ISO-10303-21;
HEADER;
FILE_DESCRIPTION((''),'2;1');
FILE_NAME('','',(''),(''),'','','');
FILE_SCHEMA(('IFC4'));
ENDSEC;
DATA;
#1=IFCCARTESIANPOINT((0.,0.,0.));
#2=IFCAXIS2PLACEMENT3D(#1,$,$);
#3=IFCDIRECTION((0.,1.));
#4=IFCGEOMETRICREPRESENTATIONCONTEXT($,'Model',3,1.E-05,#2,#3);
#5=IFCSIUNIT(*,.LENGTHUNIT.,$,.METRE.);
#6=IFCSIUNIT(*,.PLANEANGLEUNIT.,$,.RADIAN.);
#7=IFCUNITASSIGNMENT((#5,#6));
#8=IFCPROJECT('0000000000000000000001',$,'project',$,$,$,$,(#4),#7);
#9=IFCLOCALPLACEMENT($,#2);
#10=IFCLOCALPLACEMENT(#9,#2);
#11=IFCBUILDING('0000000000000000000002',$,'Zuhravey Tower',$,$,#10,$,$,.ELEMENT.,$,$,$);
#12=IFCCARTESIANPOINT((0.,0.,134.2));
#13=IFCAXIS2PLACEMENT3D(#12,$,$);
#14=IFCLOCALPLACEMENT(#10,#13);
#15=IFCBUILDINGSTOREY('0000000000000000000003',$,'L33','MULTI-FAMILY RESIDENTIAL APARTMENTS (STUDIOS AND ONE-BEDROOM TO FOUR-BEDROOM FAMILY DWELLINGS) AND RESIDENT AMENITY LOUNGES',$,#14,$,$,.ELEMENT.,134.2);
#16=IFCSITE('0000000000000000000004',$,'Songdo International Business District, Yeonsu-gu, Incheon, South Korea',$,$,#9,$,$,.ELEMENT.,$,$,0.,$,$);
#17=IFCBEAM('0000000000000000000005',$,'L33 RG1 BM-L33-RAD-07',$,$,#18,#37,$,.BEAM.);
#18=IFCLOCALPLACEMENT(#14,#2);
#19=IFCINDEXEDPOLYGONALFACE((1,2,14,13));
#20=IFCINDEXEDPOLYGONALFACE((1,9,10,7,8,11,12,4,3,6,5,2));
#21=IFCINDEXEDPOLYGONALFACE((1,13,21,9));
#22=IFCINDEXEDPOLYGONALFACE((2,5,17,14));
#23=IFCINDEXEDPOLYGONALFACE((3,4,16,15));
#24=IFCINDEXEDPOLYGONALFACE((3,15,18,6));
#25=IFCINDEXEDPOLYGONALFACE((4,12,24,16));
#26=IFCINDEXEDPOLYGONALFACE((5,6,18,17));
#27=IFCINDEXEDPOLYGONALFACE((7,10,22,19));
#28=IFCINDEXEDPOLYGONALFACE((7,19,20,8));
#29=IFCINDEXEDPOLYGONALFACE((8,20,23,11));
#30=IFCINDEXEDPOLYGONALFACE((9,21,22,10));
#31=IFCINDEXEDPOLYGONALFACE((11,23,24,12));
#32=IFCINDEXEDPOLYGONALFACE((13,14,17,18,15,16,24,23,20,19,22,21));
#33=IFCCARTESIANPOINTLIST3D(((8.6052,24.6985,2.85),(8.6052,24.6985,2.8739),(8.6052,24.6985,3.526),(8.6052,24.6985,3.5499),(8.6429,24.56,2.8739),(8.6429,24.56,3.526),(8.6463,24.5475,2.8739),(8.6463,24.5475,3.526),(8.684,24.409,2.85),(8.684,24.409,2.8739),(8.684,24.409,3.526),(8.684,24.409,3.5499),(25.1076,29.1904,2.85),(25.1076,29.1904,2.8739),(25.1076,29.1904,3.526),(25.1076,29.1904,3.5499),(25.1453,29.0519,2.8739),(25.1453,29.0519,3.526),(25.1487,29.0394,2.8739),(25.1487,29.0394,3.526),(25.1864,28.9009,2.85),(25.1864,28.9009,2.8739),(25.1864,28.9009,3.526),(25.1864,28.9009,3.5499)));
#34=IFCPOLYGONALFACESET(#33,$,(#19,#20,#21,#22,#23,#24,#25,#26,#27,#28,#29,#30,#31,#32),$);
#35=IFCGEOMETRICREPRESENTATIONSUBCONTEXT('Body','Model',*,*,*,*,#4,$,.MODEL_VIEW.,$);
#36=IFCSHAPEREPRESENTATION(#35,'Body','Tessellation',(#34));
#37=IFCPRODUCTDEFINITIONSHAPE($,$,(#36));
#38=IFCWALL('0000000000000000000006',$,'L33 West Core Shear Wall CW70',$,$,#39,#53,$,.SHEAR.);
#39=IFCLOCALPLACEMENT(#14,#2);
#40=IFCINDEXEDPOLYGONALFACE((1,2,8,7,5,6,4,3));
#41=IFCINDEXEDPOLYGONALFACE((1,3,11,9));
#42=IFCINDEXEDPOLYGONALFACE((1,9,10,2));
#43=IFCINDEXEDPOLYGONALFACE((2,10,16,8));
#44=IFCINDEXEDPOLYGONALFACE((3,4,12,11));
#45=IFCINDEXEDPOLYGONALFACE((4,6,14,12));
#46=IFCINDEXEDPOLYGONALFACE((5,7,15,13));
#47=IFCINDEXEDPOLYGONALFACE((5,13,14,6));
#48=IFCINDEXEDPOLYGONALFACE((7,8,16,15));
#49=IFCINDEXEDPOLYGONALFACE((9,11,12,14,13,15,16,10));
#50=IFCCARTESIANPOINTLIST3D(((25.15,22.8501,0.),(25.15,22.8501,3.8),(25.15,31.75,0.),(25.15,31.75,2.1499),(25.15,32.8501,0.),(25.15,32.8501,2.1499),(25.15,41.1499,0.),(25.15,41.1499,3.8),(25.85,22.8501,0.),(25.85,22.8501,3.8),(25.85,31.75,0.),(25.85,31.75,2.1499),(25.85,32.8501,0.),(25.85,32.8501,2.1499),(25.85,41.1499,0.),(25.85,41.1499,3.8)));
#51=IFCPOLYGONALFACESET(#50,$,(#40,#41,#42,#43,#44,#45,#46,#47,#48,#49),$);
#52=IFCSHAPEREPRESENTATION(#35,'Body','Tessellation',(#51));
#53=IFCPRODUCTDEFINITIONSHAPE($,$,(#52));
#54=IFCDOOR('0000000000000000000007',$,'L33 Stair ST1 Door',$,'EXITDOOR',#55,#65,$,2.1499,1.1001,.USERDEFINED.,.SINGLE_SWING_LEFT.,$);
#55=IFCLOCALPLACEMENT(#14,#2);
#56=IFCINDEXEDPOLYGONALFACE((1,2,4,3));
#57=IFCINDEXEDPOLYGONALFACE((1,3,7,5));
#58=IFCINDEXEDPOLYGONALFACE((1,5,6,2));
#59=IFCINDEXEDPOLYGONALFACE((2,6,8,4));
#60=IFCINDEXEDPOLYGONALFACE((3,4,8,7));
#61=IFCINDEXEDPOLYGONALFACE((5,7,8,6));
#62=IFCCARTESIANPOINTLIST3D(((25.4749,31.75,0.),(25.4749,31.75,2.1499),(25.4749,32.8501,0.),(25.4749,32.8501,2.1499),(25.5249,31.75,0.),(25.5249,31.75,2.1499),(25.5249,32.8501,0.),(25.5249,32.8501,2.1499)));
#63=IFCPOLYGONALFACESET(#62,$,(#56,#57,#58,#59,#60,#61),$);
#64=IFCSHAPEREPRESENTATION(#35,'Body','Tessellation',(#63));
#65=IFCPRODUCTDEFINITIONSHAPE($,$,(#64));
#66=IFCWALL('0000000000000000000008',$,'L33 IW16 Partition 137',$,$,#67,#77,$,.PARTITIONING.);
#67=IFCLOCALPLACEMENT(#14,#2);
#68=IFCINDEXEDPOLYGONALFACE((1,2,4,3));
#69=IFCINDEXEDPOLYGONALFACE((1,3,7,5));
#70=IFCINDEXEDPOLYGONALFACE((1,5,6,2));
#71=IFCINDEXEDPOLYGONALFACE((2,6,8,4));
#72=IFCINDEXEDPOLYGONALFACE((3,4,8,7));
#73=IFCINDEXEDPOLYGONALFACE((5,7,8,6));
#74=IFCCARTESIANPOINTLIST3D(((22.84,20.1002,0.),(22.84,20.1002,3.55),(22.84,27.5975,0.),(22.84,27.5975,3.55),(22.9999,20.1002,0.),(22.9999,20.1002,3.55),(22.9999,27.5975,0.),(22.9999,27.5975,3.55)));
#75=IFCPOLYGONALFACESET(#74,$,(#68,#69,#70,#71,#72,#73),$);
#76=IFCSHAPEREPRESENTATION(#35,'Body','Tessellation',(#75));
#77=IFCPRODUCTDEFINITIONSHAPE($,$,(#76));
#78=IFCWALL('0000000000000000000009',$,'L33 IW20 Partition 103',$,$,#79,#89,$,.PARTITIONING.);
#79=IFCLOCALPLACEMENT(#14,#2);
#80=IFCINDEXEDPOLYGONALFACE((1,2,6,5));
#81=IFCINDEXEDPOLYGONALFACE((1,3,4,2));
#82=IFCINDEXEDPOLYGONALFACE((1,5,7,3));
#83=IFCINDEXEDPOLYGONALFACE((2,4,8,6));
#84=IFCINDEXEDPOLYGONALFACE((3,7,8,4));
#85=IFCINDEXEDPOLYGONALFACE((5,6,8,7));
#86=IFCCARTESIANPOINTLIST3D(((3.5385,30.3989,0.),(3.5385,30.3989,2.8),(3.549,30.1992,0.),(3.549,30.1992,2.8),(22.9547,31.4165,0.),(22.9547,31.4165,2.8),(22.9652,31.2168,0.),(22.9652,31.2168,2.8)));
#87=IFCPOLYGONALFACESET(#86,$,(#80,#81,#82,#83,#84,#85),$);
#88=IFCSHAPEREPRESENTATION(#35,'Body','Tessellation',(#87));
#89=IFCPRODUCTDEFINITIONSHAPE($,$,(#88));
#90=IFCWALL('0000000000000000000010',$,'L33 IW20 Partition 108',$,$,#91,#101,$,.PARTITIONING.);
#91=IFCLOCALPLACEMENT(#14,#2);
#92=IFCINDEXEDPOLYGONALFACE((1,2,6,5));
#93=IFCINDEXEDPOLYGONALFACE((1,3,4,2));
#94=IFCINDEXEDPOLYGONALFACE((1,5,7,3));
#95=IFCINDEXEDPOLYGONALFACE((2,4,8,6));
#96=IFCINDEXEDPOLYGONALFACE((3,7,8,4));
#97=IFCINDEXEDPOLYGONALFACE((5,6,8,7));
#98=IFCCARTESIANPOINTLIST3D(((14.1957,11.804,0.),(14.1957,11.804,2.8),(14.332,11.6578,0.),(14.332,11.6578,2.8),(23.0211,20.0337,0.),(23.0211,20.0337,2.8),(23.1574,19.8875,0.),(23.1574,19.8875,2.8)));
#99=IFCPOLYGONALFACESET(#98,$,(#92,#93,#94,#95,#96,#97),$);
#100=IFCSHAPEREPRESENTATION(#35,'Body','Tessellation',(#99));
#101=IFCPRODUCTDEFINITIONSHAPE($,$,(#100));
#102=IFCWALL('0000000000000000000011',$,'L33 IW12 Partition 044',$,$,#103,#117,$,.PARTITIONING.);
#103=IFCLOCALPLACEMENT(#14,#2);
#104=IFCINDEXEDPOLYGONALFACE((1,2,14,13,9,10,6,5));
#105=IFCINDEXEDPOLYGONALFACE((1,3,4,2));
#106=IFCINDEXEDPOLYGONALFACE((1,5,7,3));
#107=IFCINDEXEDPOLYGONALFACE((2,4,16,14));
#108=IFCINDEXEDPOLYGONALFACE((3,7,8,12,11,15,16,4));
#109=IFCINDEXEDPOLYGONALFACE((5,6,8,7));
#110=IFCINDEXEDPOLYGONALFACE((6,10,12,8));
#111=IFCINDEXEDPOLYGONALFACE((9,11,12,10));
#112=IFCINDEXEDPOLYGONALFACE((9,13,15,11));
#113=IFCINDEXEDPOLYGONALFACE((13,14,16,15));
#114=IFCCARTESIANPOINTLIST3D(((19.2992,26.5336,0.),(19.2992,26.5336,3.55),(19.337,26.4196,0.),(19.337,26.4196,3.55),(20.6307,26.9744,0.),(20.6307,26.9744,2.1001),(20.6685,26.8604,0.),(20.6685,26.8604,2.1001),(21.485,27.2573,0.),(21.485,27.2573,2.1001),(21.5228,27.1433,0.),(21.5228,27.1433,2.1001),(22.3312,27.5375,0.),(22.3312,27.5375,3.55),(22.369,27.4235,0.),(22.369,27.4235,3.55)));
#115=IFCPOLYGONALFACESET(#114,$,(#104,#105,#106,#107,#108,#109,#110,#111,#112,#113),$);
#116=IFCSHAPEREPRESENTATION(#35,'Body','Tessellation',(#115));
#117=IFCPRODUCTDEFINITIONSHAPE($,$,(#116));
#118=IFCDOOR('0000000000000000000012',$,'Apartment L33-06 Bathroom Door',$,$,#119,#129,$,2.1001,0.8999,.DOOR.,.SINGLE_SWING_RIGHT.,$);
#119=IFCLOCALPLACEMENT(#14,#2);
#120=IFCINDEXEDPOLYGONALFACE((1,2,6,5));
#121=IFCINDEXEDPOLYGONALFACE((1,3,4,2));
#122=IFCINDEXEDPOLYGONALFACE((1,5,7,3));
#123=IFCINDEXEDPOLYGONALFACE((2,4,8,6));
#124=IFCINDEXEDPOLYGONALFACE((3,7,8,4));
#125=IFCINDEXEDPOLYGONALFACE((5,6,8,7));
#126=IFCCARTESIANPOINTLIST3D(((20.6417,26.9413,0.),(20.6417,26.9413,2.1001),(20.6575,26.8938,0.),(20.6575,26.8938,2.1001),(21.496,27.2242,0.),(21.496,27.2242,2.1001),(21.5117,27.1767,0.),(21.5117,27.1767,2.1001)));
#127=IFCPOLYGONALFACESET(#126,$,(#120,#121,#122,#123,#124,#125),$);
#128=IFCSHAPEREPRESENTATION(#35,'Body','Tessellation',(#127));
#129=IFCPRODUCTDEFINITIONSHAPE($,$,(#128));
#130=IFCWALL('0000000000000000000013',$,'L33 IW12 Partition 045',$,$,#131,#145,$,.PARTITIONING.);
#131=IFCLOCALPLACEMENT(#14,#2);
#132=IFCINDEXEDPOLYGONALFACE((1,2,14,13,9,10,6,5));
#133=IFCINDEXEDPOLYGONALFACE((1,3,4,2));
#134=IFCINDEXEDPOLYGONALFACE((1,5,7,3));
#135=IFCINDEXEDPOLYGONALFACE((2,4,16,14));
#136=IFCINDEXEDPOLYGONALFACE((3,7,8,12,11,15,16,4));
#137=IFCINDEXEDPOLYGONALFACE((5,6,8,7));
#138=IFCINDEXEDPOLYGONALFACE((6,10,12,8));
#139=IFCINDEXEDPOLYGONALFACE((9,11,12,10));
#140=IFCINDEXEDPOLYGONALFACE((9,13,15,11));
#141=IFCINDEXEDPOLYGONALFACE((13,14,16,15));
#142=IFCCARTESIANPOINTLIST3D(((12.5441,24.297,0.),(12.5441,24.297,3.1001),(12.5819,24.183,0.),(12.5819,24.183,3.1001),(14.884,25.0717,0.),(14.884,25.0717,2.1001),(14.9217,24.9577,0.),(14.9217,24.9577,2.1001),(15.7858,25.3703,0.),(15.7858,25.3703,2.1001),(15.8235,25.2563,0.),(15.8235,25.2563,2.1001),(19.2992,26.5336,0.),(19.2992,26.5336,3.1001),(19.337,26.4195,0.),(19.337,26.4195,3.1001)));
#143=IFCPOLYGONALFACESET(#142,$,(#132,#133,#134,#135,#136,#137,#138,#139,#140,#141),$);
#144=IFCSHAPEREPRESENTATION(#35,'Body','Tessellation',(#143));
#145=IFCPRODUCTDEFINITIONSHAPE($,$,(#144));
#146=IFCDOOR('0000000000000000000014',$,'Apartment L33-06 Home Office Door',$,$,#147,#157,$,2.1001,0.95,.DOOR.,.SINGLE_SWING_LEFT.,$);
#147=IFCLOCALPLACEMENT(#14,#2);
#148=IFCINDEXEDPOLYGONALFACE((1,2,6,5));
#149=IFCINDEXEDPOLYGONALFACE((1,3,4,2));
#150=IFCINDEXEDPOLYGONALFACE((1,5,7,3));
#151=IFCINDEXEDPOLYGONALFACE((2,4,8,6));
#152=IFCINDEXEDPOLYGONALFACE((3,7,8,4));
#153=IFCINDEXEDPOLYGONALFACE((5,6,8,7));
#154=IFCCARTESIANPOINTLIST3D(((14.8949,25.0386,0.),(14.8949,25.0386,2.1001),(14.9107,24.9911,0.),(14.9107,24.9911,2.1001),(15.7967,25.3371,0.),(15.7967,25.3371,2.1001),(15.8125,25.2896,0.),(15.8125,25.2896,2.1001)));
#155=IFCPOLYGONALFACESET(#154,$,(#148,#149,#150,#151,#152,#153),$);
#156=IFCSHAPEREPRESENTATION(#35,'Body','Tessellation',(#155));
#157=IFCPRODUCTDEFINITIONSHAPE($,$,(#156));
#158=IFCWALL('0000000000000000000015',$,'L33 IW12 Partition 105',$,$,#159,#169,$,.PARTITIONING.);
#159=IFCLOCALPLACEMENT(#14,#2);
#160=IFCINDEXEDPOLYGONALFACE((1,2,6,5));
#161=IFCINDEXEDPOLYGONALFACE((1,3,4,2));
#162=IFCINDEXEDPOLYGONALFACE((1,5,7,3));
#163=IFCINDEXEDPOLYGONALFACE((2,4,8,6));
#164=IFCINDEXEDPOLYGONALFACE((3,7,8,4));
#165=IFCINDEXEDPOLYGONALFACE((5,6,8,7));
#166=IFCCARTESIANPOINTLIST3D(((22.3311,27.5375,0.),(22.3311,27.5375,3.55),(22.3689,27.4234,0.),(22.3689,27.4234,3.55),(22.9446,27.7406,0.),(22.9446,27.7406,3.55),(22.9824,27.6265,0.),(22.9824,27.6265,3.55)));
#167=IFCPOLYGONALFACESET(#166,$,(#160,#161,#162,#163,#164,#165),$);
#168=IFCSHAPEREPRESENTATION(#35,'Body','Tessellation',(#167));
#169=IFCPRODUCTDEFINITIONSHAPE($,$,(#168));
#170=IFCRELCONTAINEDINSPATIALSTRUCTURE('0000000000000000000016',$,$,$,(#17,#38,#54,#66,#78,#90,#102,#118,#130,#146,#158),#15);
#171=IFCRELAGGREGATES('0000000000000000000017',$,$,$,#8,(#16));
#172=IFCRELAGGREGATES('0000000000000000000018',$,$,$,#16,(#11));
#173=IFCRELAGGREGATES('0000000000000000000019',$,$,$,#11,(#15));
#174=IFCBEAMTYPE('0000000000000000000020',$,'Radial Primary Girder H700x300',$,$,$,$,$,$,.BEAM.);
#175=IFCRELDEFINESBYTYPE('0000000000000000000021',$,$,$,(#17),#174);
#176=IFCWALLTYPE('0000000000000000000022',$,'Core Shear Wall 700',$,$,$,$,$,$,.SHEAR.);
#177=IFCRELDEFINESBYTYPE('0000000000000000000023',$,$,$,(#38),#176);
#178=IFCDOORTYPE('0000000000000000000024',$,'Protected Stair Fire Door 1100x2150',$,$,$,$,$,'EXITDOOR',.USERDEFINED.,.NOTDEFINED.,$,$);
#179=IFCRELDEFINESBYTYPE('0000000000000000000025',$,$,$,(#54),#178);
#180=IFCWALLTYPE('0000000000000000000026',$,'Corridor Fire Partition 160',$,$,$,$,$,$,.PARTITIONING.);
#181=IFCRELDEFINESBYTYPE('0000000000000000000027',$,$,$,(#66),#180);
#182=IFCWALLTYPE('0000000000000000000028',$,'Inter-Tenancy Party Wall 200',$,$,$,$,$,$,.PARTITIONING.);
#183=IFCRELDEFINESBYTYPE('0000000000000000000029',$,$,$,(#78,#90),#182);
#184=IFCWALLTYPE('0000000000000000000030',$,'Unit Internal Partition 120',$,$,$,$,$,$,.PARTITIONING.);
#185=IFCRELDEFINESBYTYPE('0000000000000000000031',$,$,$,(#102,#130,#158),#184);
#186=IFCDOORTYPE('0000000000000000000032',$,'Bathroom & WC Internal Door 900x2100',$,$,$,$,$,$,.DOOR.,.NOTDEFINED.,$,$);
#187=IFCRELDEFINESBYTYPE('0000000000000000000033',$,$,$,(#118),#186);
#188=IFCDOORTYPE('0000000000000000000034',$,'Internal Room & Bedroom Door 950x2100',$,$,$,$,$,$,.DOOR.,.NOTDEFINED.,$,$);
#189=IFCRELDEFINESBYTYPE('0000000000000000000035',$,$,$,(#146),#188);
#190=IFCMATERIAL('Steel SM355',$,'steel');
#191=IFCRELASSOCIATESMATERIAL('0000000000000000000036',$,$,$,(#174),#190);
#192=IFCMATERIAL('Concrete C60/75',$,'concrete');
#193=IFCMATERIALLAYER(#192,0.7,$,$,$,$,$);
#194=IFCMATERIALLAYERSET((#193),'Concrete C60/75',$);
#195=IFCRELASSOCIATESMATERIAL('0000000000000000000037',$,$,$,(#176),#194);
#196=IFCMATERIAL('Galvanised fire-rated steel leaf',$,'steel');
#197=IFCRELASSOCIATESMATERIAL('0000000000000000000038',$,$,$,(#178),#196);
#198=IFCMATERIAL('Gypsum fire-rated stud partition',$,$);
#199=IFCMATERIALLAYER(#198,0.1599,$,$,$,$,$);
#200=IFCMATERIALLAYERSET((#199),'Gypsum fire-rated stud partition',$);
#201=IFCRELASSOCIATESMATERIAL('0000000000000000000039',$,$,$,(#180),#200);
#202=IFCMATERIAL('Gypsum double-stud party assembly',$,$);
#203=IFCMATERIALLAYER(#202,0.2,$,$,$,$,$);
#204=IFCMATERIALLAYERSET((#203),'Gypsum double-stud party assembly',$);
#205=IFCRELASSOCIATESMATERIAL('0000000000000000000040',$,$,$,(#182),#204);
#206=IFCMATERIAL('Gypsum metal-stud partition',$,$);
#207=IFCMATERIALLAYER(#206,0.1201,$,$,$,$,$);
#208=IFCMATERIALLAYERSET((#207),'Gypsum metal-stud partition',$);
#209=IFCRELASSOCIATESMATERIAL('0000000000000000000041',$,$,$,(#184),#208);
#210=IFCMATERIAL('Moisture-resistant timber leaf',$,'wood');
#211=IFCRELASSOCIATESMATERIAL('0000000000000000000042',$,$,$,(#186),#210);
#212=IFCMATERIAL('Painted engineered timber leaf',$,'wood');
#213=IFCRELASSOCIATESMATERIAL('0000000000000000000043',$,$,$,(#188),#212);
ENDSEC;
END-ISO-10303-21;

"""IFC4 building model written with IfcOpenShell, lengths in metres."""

from ifc_helpers import new_model, si_unit, direction, frame, frame_2d, origin, origin_2d, place, context, subcontext, project, spatial, rectangle, i_section, extrude, material, layer, layer_set, material_profile, profile_set, type_object, element, fill, save


model = new_model("IFC4")

# Units and contexts
model_context = context("Model", 3, precision=1e-05, world=origin(), true_north=direction((0.0, 1.0)))
body_context = subcontext(model_context, "Body", "Model", "MODEL_VIEW")
ifc_project = project(units=[si_unit("LENGTHUNIT", "METRE"), si_unit("PLANEANGLEUNIT", "RADIAN")], contexts=[model_context])

# Site, building, storey
site_placement = place(None, origin())
site = spatial("IfcSite", under=ifc_project, at=site_placement, Name="Songdo International Business District, Yeonsu-gu, Incheon, South Korea", CompositionType="ELEMENT", RefElevation=0.0)
building_placement = place(site_placement, origin())
building = spatial("IfcBuilding", under=site, at=building_placement, Name="Zuhravey Tower", CompositionType="ELEMENT")
storey_placement = place(building_placement, frame((0.0, 0.0, 134.2)))
storey = spatial("IfcBuildingStorey", under=building, at=storey_placement, Name="L33", Description="MULTI-FAMILY RESIDENTIAL APARTMENTS (STUDIOS AND ONE-BEDROOM TO FOUR-BEDROOM FAMILY DWELLINGS) AND RESIDENT AMENITY LOUNGES", CompositionType="ELEMENT", Elevation=134.2)

# Beam
ifc_material_1 = material(Name="Steel SM355", Category="steel")
ifc_material_profile = material_profile(ifc_material_1, i_section(OverallWidth=0.3, OverallDepth=0.7, WebThickness=0.0129, FlangeThickness=0.0239, at=origin_2d()), Name="H-700x300x13x24")
ifc_profile_set = profile_set([ifc_material_profile], Name="Steel SM355")
beam_type = type_object("IfcBeamType", Name="Radial Primary Girder H700x300", PredefinedType="BEAM", material=ifc_profile_set)
beam_placement = place(storey_placement, frame((25.147, 29.0457, 3.2), z_axis=(-0.964893, -0.262643, 0.0), x_axis=(0.262643, -0.964893, 0.0)))
element("IfcBeam", 1, at=beam_placement, inside=storey, type_object=beam_type, Name="L33 RG1 BM-L33-RAD-07", PredefinedType="BEAM", context=body_context, shape_type="SweptSolid", body=[
    extrude(i_section(OverallWidth=0.3, OverallDepth=0.7, WebThickness=0.0129, FlangeThickness=0.0239, at=origin_2d()), origin(), (0.0, 0.0, 1.0), 17.1028),
])

# Wall, opening, door
ifc_material_2 = material(Name="Concrete C60/75", Category="concrete")
ifc_layer_1 = layer(ifc_material_2, 0.7)
ifc_layer_set_1 = layer_set([ifc_layer_1], Name="Concrete C60/75")
wall_type_1 = type_object("IfcWallType", Name="Core Shear Wall 700", PredefinedType="SHEAR", material=ifc_layer_set_1)
ifc_material_3 = material(Name="Galvanised fire-rated steel leaf", Category="steel")
wall_1_placement = place(storey_placement, frame((25.5, 22.8501, 0.0), z_axis=(0.0, 0.0, 1.0), x_axis=(0.0, 1.0, 0.0)))
wall_1 = element("IfcWall", 2, at=wall_1_placement, inside=storey, type_object=wall_type_1, Name="L33 West Core Shear Wall CW70", PredefinedType="SHEAR", context=body_context, shape_type="SweptSolid", body=[
    extrude(rectangle(XDim=18.2998, YDim=0.7, at=frame_2d((9.1499, 0.0))), origin(), (0.0, 0.0, 1.0), 3.8),
])
opening_1_placement = place(wall_1_placement, frame((8.8999, 0.0, 0.0)))
opening_1 = element("IfcOpeningElement", 3, at=opening_1_placement, cuts=wall_1, PredefinedType="OPENING", context=body_context, shape_type="SweptSolid", body=[
    extrude(rectangle(XDim=1.1001, YDim=2.1499, at=frame_2d((0.55, 1.075))), frame((0.0, 0.3621, 0.0), z_axis=(0.0, -1.0, 0.0), x_axis=(1.0, 0.0, 0.0)), (0.0, 0.0, 1.0), 0.7239),
])
door_type_1 = type_object("IfcDoorType", Name="Protected Stair Fire Door 1100x2150", ElementType="EXITDOOR", OperationType="NOTDEFINED", PredefinedType="USERDEFINED", material=ifc_material_3)
door_1_placement = place(opening_1_placement, frame((1.1001, 0.0, 0.0), z_axis=(0.0, 0.0, 1.0), x_axis=(-1.0, 0.0, 0.0)))
door_1 = element("IfcDoor", 4, at=door_1_placement, inside=storey, type_object=door_type_1, Name="L33 Stair ST1 Door", ObjectType="EXITDOOR", OperationType="SINGLE_SWING_LEFT", OverallHeight=2.1499, OverallWidth=1.1001, PredefinedType="USERDEFINED", context=body_context, shape_type="SweptSolid", body=[
    extrude(rectangle(XDim=1.1001, YDim=2.1499, at=frame_2d((0.55, 1.075))), frame((0.0, 0.0249, 0.0), z_axis=(0.0, -1.0, 0.0), x_axis=(1.0, 0.0, 0.0)), (0.0, 0.0, 1.0), 0.05),
])
fill(opening_1, door_1)
ifc_material_4 = material(Name="Gypsum fire-rated stud partition")
ifc_layer_2 = layer(ifc_material_4, 0.1599)
ifc_layer_set_2 = layer_set([ifc_layer_2], Name="Gypsum fire-rated stud partition")
wall_type_2 = type_object("IfcWallType", Name="Corridor Fire Partition 160", PredefinedType="PARTITIONING", material=ifc_layer_set_2)

# Walls
wall_2_placement = place(storey_placement, frame((22.9199, 27.5974, 0.0), z_axis=(0.0, 0.0, 1.0), x_axis=(0.0, -1.0, 0.0)))
element("IfcWall", 5, at=wall_2_placement, inside=storey, type_object=wall_type_2, Name="L33 IW16 Partition 137", PredefinedType="PARTITIONING", context=body_context, shape_type="SweptSolid", body=[
    extrude(rectangle(XDim=7.4973, YDim=0.1599, at=frame_2d((3.7485, 0.0))), origin(), (0.0, 0.0, 1.0), 3.55),
])
ifc_material_5 = material(Name="Gypsum double-stud party assembly")
ifc_layer_3 = layer(ifc_material_5, 0.2)
ifc_layer_set_3 = layer_set([ifc_layer_3], Name="Gypsum double-stud party assembly")
wall_type_3 = type_object("IfcWallType", Name="Inter-Tenancy Party Wall 200", PredefinedType="PARTITIONING", material=ifc_layer_set_3)
wall_3_placement = place(storey_placement, frame((22.96, 31.3167, 0.0), z_axis=(0.0, 0.0, 1.0), x_axis=(-0.998629, -0.052337, 0.0)))
element("IfcWall", 6, at=wall_3_placement, inside=storey, type_object=wall_type_3, Name="L33 IW20 Partition 103", PredefinedType="PARTITIONING", context=body_context, shape_type="SweptSolid", body=[
    extrude(rectangle(XDim=19.4429, YDim=0.2, at=frame_2d((9.7214, 0.0))), origin(), (0.0, 0.0, 1.0), 2.8),
])
wall_4_placement = place(storey_placement, frame((23.0894, 19.9607, 0.0), z_axis=(0.0, 0.0, 1.0), x_axis=(-0.731359, -0.681993, 0.0)))
element("IfcWall", 7, at=wall_4_placement, inside=storey, type_object=wall_type_3, Name="L33 IW20 Partition 108", PredefinedType="PARTITIONING", context=body_context, shape_type="SweptSolid", body=[
    extrude(rectangle(XDim=12.0671, YDim=0.2, at=frame_2d((6.0337, 0.0))), origin(), (0.0, 0.0, 1.0), 2.8),
])

# Walls, openings, doors
ifc_material_6 = material(Name="Gypsum metal-stud partition")
ifc_layer_4 = layer(ifc_material_6, 0.1201)
ifc_layer_set_4 = layer_set([ifc_layer_4], Name="Gypsum metal-stud partition")
wall_type_4 = type_object("IfcWallType", Name="Unit Internal Partition 120", PredefinedType="PARTITIONING", material=ifc_layer_set_4)
wall_5_placement = place(storey_placement, frame((22.3501, 27.4805, 0.0), z_axis=(0.0, 0.0, 1.0), x_axis=(-0.949316, -0.314324, 0.0)))
wall_5 = element("IfcWall", 8, at=wall_5_placement, inside=storey, type_object=wall_type_4, Name="L33 IW12 Partition 044", PredefinedType="PARTITIONING", context=body_context, shape_type="SweptSolid", body=[
    extrude(rectangle(XDim=3.1938, YDim=0.1201, at=frame_2d((1.5969, 0.0))), origin(), (0.0, 0.0, 1.0), 3.55),
])
opening_2_placement = place(wall_5_placement, frame((0.8914, 0.0, 0.0)))
opening_2 = element("IfcOpeningElement", 9, at=opening_2_placement, cuts=wall_5, PredefinedType="OPENING", context=body_context, shape_type="SweptSolid", body=[
    extrude(rectangle(XDim=0.8999, YDim=2.1001, at=frame_2d((0.45, 1.05))), frame((0.0, 0.072, 0.0), z_axis=(0.0, -1.0, 0.0), x_axis=(1.0, 0.0, 0.0)), (0.0, 0.0, 1.0), 0.144),
])
ifc_material_7 = material(Name="Moisture-resistant timber leaf", Category="wood")
door_type_2 = type_object("IfcDoorType", Name="Bathroom & WC Internal Door 900x2100", OperationType="NOTDEFINED", PredefinedType="DOOR", material=ifc_material_7)
door_2_placement = place(opening_2_placement, origin())
door_2 = element("IfcDoor", 10, at=door_2_placement, inside=storey, type_object=door_type_2, Name="Apartment L33-06 Bathroom Door", OperationType="SINGLE_SWING_RIGHT", OverallHeight=2.1001, OverallWidth=0.8999, PredefinedType="DOOR", context=body_context, shape_type="SweptSolid", body=[
    extrude(rectangle(XDim=0.8999, YDim=2.1001, at=frame_2d((0.45, 1.05))), frame((0.0, 0.0249, 0.0), z_axis=(0.0, -1.0, 0.0), x_axis=(1.0, 0.0, 0.0)), (0.0, 0.0, 1.0), 0.05),
])
fill(opening_2, door_2)
wall_6_placement = place(storey_placement, frame((19.3181, 26.4766, 0.0), z_axis=(0.0, 0.0, 1.0), x_axis=(-0.94932, -0.314313, 0.0)))
wall_6 = element("IfcWall", 11, at=wall_6_placement, inside=storey, type_object=wall_type_4, Name="L33 IW12 Partition 045", PredefinedType="PARTITIONING", context=body_context, shape_type="SweptSolid", body=[
    extrude(rectangle(XDim=7.1157, YDim=0.1201, at=frame_2d((3.5579, 0.0))), origin(), (0.0, 0.0, 1.0), 3.1001),
])
opening_3_placement = place(wall_6_placement, frame((3.7009, 0.0, 0.0)))
opening_3 = element("IfcOpeningElement", 12, at=opening_3_placement, cuts=wall_6, PredefinedType="OPENING", context=body_context, shape_type="SweptSolid", body=[
    extrude(rectangle(XDim=0.95, YDim=2.1001, at=frame_2d((0.4751, 1.05))), frame((0.0, 0.072, 0.0), z_axis=(0.0, -1.0, 0.0), x_axis=(1.0, 0.0, 0.0)), (0.0, 0.0, 1.0), 0.144),
])
ifc_material_8 = material(Name="Painted engineered timber leaf", Category="wood")
door_type_3 = type_object("IfcDoorType", Name="Internal Room & Bedroom Door 950x2100", OperationType="NOTDEFINED", PredefinedType="DOOR", material=ifc_material_8)
door_3_placement = place(opening_3_placement, origin())
door_3 = element("IfcDoor", 13, at=door_3_placement, inside=storey, type_object=door_type_3, Name="Apartment L33-06 Home Office Door", OperationType="SINGLE_SWING_LEFT", OverallHeight=2.1001, OverallWidth=0.95, PredefinedType="DOOR", context=body_context, shape_type="SweptSolid", body=[
    extrude(rectangle(XDim=0.95, YDim=2.1001, at=frame_2d((0.4751, 1.05))), frame((0.0, 0.0249, 0.0), z_axis=(0.0, -1.0, 0.0), x_axis=(1.0, 0.0, 0.0)), (0.0, 0.0, 1.0), 0.05),
])
fill(opening_3, door_3)

# Wall
wall_7_placement = place(storey_placement, frame((22.9636, 27.6836, 0.0), z_axis=(0.0, 0.0, 1.0), x_axis=(-0.949324, -0.314301, 0.0)))
element("IfcWall", 14, at=wall_7_placement, inside=storey, type_object=wall_type_4, Name="L33 IW12 Partition 105", PredefinedType="PARTITIONING", context=body_context, shape_type="SweptSolid", body=[
    extrude(rectangle(XDim=0.6462, YDim=0.1201, at=frame_2d((0.3232, 0.0))), origin(), (0.0, 0.0, 1.0), 3.55),
])

save(model, "model.ifc")
